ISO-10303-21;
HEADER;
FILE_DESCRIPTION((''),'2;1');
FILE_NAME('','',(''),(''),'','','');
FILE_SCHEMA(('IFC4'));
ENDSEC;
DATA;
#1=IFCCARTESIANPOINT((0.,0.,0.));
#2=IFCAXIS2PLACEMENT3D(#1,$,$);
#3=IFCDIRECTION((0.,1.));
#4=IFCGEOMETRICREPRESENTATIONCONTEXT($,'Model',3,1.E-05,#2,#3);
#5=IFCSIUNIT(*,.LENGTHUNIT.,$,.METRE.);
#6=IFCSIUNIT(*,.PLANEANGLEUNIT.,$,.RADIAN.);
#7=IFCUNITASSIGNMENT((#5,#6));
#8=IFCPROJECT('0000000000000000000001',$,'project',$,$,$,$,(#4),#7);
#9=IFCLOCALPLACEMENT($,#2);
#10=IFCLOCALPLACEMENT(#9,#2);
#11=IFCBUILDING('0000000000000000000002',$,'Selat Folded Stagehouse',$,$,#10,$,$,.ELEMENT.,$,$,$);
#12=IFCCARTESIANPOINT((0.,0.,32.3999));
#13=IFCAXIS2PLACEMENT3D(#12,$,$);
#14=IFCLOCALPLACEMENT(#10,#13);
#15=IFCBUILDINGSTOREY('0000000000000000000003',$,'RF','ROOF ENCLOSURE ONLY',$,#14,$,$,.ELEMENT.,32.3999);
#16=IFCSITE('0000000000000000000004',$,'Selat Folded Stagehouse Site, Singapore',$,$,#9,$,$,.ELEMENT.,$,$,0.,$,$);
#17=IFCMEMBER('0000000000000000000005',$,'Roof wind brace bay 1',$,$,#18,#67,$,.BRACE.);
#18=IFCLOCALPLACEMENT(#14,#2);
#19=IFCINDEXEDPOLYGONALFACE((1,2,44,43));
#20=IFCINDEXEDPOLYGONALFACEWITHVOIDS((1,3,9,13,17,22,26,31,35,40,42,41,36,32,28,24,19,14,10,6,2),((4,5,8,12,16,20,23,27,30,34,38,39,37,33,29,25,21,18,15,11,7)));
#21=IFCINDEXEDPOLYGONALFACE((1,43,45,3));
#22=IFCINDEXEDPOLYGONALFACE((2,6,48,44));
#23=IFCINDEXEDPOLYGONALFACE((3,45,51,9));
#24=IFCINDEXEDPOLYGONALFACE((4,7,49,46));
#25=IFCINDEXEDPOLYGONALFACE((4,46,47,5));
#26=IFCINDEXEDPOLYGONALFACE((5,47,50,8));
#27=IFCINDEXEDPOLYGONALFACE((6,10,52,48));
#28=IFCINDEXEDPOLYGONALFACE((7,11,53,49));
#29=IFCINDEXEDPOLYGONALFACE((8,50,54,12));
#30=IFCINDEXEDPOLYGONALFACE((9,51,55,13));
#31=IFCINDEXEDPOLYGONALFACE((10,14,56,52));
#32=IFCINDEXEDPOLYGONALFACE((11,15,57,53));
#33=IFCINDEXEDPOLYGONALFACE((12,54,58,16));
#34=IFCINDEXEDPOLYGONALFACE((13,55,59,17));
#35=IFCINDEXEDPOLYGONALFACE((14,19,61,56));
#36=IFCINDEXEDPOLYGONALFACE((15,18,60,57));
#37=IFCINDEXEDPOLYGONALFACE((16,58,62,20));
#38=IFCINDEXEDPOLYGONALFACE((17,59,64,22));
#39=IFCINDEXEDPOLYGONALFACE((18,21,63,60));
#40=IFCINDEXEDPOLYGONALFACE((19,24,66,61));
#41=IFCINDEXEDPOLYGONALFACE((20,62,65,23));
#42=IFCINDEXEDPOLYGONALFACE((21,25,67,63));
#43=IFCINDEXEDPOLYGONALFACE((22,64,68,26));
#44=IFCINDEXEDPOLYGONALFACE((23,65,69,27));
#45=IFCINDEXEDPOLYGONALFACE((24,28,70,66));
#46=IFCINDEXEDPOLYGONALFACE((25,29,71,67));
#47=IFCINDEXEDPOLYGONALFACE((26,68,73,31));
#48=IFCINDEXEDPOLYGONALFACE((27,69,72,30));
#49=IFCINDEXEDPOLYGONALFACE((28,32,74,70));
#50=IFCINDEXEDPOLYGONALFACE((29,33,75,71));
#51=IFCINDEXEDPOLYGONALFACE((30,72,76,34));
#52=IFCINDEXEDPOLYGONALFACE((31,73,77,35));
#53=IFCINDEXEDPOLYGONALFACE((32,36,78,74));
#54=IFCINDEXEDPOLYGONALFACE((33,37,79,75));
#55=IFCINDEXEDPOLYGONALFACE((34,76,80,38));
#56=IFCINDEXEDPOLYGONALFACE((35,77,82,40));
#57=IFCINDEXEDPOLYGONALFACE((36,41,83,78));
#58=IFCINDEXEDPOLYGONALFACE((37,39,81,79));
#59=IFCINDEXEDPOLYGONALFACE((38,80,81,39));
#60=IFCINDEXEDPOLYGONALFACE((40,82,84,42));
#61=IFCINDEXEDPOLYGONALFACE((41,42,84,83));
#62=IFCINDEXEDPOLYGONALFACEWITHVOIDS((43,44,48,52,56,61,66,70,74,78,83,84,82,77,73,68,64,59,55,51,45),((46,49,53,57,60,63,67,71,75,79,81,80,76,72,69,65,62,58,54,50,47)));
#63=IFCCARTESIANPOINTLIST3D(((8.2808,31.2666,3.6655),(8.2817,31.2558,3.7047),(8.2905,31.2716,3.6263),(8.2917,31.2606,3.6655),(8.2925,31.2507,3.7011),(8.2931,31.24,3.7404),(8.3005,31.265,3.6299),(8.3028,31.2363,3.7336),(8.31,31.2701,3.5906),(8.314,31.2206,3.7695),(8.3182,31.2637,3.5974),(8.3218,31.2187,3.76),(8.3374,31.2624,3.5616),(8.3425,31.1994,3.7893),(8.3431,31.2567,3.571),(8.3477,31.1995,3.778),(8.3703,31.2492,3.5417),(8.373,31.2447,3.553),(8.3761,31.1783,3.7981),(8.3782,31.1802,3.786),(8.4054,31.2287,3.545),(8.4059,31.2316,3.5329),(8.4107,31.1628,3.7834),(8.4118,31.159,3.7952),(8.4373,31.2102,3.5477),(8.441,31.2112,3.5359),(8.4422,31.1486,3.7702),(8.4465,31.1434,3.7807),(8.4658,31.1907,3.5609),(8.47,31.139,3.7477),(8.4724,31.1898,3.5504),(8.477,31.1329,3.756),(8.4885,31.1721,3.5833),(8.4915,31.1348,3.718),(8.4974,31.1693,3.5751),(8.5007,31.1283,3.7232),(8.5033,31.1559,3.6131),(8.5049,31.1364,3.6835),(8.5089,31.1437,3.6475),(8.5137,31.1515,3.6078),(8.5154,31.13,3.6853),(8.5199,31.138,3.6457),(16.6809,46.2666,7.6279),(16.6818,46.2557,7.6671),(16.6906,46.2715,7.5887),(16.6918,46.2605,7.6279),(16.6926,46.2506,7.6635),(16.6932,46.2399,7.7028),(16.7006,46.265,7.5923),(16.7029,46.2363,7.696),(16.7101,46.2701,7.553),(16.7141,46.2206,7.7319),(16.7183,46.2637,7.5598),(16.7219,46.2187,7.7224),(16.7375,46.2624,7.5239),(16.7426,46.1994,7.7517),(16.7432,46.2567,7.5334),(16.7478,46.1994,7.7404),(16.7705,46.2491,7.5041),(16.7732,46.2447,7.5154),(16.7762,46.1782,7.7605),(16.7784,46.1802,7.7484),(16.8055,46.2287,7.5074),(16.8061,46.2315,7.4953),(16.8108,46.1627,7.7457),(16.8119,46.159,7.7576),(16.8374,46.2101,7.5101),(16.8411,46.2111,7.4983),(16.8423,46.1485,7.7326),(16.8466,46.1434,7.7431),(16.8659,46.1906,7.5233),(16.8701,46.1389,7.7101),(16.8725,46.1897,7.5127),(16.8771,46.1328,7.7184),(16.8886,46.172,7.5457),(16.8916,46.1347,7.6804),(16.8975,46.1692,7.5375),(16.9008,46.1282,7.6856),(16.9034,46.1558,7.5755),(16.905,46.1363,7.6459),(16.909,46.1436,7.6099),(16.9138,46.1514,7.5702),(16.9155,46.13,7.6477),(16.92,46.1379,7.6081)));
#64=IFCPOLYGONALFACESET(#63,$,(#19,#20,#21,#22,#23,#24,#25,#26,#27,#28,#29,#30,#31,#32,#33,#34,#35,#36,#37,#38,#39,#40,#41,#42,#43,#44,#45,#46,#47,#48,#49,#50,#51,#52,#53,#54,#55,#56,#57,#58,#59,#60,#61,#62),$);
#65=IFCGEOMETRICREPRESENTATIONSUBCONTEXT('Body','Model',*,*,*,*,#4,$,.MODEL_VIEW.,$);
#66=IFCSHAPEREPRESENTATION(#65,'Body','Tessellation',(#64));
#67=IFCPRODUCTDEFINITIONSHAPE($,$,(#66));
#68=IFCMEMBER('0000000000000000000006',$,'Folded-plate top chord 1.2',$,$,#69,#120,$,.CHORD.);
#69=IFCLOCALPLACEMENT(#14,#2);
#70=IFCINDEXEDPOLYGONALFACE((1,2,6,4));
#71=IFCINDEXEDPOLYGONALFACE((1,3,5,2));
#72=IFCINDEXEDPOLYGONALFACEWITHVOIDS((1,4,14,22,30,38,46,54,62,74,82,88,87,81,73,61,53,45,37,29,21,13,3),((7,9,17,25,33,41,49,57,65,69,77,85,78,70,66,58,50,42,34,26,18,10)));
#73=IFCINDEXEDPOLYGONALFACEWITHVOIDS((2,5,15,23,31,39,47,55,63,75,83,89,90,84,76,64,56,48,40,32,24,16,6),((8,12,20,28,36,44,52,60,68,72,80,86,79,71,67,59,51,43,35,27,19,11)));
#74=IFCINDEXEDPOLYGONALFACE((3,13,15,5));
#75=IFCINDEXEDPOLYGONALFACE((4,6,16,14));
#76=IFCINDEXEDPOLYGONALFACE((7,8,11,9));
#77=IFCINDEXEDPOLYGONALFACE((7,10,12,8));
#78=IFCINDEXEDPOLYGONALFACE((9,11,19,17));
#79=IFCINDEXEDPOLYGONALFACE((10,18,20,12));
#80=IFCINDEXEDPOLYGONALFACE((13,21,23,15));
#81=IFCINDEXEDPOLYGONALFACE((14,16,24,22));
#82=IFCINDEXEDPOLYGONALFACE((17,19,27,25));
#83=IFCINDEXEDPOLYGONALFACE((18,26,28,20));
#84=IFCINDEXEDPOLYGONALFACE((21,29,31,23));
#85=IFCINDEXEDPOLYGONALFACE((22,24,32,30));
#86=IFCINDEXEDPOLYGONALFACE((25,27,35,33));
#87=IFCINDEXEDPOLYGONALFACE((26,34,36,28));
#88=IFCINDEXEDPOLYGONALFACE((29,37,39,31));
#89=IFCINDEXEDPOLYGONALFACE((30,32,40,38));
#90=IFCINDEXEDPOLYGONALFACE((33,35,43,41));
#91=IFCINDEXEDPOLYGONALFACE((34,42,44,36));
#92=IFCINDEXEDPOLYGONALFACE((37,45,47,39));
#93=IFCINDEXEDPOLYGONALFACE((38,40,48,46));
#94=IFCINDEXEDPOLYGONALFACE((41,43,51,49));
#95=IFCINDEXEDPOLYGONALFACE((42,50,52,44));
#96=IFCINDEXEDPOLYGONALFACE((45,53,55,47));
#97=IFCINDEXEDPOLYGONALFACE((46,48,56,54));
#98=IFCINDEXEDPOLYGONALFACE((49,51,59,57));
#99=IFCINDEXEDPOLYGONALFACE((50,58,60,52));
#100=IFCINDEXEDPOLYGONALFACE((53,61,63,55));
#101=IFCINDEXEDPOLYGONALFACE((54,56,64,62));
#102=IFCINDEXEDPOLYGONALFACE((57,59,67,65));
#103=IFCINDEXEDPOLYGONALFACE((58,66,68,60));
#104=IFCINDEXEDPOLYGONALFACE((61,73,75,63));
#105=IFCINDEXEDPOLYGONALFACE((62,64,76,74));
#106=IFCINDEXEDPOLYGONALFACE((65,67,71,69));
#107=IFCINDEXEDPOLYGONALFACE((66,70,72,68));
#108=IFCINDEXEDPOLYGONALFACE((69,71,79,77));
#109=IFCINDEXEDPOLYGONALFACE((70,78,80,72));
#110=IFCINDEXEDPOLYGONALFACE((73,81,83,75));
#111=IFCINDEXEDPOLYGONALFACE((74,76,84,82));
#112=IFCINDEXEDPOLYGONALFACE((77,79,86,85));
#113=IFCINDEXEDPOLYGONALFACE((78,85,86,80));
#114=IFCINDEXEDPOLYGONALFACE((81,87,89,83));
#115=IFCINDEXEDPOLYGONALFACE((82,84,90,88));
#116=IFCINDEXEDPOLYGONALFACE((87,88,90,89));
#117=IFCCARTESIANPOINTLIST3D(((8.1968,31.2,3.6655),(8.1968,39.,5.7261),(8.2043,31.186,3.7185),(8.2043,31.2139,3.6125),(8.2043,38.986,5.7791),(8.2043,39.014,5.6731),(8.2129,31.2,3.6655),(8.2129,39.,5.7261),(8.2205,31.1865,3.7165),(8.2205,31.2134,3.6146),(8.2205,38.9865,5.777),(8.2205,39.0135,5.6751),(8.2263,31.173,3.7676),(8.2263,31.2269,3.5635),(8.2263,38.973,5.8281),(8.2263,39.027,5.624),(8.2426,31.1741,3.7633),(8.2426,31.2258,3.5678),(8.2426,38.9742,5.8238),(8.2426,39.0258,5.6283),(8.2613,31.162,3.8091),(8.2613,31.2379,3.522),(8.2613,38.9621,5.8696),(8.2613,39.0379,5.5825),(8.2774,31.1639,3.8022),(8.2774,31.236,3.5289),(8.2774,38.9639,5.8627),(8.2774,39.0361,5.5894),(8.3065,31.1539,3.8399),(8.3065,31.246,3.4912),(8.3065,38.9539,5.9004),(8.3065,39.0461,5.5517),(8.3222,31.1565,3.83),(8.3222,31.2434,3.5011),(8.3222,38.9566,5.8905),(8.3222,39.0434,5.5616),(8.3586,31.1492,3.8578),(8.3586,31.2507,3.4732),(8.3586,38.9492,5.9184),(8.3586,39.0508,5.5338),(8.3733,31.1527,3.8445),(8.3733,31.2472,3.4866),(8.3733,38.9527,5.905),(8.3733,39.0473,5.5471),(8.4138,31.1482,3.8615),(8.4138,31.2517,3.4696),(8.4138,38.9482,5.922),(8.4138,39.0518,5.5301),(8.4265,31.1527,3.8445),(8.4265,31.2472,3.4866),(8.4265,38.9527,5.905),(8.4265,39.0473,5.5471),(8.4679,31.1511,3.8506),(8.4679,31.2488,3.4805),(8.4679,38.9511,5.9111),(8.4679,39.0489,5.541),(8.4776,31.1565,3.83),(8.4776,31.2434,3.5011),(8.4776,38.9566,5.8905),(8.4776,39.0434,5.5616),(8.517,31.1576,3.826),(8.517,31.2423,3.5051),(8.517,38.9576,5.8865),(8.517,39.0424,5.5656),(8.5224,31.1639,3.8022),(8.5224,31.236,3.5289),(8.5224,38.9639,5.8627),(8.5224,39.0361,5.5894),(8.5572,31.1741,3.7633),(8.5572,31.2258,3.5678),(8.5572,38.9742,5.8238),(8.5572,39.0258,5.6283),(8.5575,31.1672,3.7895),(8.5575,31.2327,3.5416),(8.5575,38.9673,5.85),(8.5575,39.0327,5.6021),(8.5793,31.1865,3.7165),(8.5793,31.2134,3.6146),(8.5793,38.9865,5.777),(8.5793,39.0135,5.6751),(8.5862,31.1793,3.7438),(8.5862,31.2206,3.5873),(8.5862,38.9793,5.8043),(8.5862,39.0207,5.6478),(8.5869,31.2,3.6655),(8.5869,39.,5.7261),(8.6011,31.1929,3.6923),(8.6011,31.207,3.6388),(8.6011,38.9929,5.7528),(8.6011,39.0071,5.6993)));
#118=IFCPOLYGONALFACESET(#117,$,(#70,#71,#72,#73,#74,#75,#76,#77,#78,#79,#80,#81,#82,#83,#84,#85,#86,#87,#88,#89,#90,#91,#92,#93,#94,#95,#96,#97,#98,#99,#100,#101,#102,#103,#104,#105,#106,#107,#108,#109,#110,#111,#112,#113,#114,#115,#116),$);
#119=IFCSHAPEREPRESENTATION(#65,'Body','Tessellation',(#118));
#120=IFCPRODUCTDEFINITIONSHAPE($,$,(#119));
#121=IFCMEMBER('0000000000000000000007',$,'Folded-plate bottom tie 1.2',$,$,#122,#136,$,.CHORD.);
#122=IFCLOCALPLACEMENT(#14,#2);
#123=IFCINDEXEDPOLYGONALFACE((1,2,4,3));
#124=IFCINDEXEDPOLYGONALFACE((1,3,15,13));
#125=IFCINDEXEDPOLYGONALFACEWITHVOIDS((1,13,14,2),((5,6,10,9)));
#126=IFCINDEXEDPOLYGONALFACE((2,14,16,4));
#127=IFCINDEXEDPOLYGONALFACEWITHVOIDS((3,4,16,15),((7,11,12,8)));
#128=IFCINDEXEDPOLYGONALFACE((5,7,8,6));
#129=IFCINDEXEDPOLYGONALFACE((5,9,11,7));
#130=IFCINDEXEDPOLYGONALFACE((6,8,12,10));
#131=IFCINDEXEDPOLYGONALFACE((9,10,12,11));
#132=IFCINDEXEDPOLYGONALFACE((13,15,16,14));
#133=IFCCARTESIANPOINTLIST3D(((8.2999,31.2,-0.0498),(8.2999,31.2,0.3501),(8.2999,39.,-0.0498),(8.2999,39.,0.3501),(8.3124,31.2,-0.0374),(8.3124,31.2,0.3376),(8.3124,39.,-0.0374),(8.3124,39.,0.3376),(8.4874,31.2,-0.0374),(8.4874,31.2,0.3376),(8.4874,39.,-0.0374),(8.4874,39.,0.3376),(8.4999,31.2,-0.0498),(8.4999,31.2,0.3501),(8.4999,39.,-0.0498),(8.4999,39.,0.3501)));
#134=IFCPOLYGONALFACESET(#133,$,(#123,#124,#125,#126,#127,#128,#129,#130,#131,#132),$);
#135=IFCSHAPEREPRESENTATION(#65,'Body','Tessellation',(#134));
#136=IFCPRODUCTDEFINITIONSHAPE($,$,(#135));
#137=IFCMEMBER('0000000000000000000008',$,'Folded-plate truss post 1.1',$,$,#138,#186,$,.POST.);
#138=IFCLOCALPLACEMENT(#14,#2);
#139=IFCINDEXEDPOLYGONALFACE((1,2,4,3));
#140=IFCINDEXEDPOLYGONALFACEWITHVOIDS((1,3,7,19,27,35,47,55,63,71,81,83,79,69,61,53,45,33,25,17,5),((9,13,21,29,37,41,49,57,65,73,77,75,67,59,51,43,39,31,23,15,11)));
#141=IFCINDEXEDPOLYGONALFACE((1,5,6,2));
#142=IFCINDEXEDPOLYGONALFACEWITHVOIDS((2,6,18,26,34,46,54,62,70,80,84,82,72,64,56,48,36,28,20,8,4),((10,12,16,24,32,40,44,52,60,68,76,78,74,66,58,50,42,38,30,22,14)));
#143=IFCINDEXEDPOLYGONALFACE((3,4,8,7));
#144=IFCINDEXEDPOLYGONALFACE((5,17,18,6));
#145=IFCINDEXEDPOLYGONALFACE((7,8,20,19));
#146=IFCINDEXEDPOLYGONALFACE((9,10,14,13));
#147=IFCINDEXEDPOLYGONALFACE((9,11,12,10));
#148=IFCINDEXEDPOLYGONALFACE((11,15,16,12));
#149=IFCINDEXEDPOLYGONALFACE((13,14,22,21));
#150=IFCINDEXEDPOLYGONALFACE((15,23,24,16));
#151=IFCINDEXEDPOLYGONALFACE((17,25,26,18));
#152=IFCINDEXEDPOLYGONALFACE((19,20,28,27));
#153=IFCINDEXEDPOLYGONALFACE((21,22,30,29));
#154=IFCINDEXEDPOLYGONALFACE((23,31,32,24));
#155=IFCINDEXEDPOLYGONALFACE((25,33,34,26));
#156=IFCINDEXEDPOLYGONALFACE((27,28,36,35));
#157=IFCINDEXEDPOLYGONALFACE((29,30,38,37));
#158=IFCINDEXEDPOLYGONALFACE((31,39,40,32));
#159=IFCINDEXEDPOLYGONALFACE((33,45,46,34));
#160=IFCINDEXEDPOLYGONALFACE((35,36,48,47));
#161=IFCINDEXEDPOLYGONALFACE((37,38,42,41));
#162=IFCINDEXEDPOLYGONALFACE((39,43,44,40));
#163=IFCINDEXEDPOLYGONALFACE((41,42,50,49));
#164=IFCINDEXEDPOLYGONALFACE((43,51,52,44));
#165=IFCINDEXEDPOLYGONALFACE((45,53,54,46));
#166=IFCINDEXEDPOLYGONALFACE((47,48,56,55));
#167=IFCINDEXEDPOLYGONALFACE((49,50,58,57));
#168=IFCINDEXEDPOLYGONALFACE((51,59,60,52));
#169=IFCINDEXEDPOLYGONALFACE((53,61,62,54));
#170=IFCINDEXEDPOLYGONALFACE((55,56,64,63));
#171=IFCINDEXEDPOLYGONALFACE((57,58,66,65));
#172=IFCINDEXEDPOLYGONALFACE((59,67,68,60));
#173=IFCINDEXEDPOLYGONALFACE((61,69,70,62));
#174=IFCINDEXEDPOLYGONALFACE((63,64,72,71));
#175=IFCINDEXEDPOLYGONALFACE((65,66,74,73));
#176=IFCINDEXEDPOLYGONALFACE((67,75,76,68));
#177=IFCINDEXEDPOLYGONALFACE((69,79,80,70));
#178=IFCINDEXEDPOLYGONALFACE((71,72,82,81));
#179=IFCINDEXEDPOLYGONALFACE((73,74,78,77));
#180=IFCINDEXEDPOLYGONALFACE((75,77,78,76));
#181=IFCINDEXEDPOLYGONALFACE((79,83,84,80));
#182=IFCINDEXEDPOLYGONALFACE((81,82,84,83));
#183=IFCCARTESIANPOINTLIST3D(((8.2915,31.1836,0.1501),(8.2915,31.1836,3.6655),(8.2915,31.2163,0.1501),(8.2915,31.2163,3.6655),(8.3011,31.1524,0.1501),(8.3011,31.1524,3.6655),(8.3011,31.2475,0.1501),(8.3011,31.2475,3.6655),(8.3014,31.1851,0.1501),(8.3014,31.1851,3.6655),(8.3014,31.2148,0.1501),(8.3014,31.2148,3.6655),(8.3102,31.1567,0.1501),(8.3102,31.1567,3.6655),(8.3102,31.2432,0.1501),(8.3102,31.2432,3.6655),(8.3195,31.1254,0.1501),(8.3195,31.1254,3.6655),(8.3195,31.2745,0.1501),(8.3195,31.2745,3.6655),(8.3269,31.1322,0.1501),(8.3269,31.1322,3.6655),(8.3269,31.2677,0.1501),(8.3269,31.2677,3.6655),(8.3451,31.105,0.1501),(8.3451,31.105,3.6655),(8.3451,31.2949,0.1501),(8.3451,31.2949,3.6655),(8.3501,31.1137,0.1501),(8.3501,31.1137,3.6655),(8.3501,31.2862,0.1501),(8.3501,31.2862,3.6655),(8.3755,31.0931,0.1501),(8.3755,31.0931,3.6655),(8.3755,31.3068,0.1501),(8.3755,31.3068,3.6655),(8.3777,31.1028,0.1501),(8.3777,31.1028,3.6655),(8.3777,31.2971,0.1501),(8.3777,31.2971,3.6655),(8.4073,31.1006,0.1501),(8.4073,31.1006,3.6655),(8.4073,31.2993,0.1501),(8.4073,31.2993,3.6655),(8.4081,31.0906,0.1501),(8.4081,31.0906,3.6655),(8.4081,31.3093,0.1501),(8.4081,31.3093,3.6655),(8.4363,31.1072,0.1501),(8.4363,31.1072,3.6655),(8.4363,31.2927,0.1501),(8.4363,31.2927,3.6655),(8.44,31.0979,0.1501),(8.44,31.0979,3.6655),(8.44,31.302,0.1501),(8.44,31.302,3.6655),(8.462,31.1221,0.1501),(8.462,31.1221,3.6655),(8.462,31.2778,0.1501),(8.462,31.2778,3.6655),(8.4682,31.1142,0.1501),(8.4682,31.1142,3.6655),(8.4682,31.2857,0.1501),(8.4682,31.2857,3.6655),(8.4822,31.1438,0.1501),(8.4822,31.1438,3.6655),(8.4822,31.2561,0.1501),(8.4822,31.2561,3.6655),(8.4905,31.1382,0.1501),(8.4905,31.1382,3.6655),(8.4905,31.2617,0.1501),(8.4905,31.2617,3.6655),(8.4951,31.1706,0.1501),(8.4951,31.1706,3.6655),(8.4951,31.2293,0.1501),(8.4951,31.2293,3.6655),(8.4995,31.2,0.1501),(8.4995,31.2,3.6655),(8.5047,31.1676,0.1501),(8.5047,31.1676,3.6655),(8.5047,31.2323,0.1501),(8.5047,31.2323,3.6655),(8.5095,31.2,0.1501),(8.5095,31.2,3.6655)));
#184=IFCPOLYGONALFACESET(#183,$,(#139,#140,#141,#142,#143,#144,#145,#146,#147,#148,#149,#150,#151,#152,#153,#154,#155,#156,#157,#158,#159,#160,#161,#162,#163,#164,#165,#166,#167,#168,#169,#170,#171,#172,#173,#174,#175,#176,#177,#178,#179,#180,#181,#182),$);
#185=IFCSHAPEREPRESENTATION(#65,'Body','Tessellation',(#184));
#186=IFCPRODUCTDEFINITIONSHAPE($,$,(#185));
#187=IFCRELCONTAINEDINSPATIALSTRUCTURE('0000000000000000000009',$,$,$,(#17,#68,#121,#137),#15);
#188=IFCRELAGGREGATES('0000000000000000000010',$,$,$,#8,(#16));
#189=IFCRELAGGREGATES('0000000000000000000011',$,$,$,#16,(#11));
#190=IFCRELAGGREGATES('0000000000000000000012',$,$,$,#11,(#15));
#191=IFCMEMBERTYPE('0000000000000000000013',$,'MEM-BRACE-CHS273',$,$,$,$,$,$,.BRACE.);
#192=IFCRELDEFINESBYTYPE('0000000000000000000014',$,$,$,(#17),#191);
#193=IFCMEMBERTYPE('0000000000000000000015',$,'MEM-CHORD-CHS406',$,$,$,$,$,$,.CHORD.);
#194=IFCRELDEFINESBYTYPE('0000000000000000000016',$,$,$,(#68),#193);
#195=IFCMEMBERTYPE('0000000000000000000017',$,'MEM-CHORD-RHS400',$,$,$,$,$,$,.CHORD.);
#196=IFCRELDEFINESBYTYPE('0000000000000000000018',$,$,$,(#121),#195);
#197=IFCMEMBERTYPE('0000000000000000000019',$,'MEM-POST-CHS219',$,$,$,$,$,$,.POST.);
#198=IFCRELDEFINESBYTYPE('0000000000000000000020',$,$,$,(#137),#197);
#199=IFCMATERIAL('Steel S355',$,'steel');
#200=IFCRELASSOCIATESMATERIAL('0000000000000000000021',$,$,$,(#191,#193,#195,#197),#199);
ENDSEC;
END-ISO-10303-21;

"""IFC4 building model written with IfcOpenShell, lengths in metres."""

from ifc_helpers import new_model, si_unit, direction, frame, origin, origin_2d, place, context, subcontext, project, spatial, hollow_rectangle, hollow_circle, extrude, material, material_profile, profile_set, type_object, element, save


model = new_model("IFC4")

# Units and contexts
model_context = context("Model", 3, precision=1e-05, world=origin(), true_north=direction((0.0, 1.0)))
body_context = subcontext(model_context, "Body", "Model", "MODEL_VIEW")
ifc_project = project(units=[si_unit("LENGTHUNIT", "METRE"), si_unit("PLANEANGLEUNIT", "RADIAN")], contexts=[model_context])

# Site, building, storey
site_placement = place(None, origin())
site = spatial("IfcSite", under=ifc_project, at=site_placement, Name="Selat Folded Stagehouse Site, Singapore", CompositionType="ELEMENT", RefElevation=0.0)
building_placement = place(site_placement, origin())
building = spatial("IfcBuilding", under=site, at=building_placement, Name="Selat Folded Stagehouse", CompositionType="ELEMENT")
storey_placement = place(building_placement, frame((0.0, 0.0, 32.3999)))
storey = spatial("IfcBuildingStorey", under=building, at=storey_placement, Name="RF", Description="ROOF ENCLOSURE ONLY", CompositionType="ELEMENT", Elevation=32.3999)

# Members
ifc_material_1 = material(Name="Steel S355", Category="steel")
ifc_material_profile_1 = material_profile(ifc_material_1, hollow_circle(Radius=0.1365, WallThickness=0.0125, at=origin_2d()), Name="CHS 273.0x12.5")
ifc_profile_set_1 = profile_set([ifc_material_profile_1], Name="Steel S355")
member_type_1 = type_object("IfcMemberType", Name="MEM-BRACE-CHS273", PredefinedType="BRACE", material=ifc_profile_set_1)
member_1_placement = place(storey_placement, frame((8.3999, 31.2, 3.6655), z_axis=(0.476127, 0.850212, 0.224592), x_axis=(-0.872502, 0.48861, 0.0)))
element("IfcMember", 1, at=member_1_placement, inside=storey, type_object=member_type_1, Name="Roof wind brace bay 1", PredefinedType="BRACE", context=body_context, shape_type="SweptSolid", body=[
    extrude(hollow_circle(Radius=0.1365, WallThickness=0.0125, at=origin_2d()), origin(), (0.0, 0.0, 1.0), 17.6426),
])
ifc_material_profile_2 = material_profile(ifc_material_1, hollow_circle(Radius=0.2031, WallThickness=0.0161, at=origin_2d()), Name="CHS 406.4x16.0")
ifc_profile_set_2 = profile_set([ifc_material_profile_2], Name="Steel S355")
member_type_2 = type_object("IfcMemberType", Name="MEM-CHORD-CHS406", PredefinedType="CHORD", material=ifc_profile_set_2)
member_2_placement = place(storey_placement, frame((8.3999, 31.2, 3.6655), z_axis=(0.0, 0.966833, 0.255409), x_axis=(-1.0, 0.0, 0.0)))
element("IfcMember", 2, at=member_2_placement, inside=storey, type_object=member_type_2, Name="Folded-plate top chord 1.2", PredefinedType="CHORD", context=body_context, shape_type="SweptSolid", body=[
    extrude(hollow_circle(Radius=0.2031, WallThickness=0.0161, at=origin_2d()), origin(), (0.0, 0.0, 1.0), 8.0676),
])
ifc_material_profile_3 = material_profile(ifc_material_1, hollow_rectangle(XDim=0.2, YDim=0.3999, WallThickness=0.0125, at=origin_2d()), Name="RHS 400x200x12.5")
ifc_profile_set_3 = profile_set([ifc_material_profile_3], Name="Steel S355")
member_type_3 = type_object("IfcMemberType", Name="MEM-CHORD-RHS400", PredefinedType="CHORD", material=ifc_profile_set_3)
member_3_placement = place(storey_placement, frame((8.3999, 31.2, 0.1501), z_axis=(0.0, 1.0, 0.0), x_axis=(-1.0, 0.0, 0.0)))
element("IfcMember", 3, at=member_3_placement, inside=storey, type_object=member_type_3, Name="Folded-plate bottom tie 1.2", PredefinedType="CHORD", context=body_context, shape_type="SweptSolid", body=[
    extrude(hollow_rectangle(XDim=0.2, YDim=0.3999, WallThickness=0.0125, at=origin_2d()), origin(), (0.0, 0.0, 1.0), 7.8),
])
ifc_material_profile_4 = material_profile(ifc_material_1, hollow_circle(Radius=0.1096, WallThickness=0.01, at=origin_2d()), Name="CHS 219.1x10.0")
ifc_profile_set_4 = profile_set([ifc_material_profile_4], Name="Steel S355")
member_type_4 = type_object("IfcMemberType", Name="MEM-POST-CHS219", PredefinedType="POST", material=ifc_profile_set_4)
member_4_placement = place(storey_placement, frame((8.3999, 31.2, 0.1501), z_axis=(0.0, 0.0, 1.0), x_axis=(1.0, 0.0, 0.0)))
element("IfcMember", 4, at=member_4_placement, inside=storey, type_object=member_type_4, Name="Folded-plate truss post 1.1", PredefinedType="POST", context=body_context, shape_type="SweptSolid", body=[
    extrude(hollow_circle(Radius=0.1096, WallThickness=0.01, at=origin_2d()), origin(), (0.0, 0.0, 1.0), 3.5154),
])

save(model, "model.ifc")
